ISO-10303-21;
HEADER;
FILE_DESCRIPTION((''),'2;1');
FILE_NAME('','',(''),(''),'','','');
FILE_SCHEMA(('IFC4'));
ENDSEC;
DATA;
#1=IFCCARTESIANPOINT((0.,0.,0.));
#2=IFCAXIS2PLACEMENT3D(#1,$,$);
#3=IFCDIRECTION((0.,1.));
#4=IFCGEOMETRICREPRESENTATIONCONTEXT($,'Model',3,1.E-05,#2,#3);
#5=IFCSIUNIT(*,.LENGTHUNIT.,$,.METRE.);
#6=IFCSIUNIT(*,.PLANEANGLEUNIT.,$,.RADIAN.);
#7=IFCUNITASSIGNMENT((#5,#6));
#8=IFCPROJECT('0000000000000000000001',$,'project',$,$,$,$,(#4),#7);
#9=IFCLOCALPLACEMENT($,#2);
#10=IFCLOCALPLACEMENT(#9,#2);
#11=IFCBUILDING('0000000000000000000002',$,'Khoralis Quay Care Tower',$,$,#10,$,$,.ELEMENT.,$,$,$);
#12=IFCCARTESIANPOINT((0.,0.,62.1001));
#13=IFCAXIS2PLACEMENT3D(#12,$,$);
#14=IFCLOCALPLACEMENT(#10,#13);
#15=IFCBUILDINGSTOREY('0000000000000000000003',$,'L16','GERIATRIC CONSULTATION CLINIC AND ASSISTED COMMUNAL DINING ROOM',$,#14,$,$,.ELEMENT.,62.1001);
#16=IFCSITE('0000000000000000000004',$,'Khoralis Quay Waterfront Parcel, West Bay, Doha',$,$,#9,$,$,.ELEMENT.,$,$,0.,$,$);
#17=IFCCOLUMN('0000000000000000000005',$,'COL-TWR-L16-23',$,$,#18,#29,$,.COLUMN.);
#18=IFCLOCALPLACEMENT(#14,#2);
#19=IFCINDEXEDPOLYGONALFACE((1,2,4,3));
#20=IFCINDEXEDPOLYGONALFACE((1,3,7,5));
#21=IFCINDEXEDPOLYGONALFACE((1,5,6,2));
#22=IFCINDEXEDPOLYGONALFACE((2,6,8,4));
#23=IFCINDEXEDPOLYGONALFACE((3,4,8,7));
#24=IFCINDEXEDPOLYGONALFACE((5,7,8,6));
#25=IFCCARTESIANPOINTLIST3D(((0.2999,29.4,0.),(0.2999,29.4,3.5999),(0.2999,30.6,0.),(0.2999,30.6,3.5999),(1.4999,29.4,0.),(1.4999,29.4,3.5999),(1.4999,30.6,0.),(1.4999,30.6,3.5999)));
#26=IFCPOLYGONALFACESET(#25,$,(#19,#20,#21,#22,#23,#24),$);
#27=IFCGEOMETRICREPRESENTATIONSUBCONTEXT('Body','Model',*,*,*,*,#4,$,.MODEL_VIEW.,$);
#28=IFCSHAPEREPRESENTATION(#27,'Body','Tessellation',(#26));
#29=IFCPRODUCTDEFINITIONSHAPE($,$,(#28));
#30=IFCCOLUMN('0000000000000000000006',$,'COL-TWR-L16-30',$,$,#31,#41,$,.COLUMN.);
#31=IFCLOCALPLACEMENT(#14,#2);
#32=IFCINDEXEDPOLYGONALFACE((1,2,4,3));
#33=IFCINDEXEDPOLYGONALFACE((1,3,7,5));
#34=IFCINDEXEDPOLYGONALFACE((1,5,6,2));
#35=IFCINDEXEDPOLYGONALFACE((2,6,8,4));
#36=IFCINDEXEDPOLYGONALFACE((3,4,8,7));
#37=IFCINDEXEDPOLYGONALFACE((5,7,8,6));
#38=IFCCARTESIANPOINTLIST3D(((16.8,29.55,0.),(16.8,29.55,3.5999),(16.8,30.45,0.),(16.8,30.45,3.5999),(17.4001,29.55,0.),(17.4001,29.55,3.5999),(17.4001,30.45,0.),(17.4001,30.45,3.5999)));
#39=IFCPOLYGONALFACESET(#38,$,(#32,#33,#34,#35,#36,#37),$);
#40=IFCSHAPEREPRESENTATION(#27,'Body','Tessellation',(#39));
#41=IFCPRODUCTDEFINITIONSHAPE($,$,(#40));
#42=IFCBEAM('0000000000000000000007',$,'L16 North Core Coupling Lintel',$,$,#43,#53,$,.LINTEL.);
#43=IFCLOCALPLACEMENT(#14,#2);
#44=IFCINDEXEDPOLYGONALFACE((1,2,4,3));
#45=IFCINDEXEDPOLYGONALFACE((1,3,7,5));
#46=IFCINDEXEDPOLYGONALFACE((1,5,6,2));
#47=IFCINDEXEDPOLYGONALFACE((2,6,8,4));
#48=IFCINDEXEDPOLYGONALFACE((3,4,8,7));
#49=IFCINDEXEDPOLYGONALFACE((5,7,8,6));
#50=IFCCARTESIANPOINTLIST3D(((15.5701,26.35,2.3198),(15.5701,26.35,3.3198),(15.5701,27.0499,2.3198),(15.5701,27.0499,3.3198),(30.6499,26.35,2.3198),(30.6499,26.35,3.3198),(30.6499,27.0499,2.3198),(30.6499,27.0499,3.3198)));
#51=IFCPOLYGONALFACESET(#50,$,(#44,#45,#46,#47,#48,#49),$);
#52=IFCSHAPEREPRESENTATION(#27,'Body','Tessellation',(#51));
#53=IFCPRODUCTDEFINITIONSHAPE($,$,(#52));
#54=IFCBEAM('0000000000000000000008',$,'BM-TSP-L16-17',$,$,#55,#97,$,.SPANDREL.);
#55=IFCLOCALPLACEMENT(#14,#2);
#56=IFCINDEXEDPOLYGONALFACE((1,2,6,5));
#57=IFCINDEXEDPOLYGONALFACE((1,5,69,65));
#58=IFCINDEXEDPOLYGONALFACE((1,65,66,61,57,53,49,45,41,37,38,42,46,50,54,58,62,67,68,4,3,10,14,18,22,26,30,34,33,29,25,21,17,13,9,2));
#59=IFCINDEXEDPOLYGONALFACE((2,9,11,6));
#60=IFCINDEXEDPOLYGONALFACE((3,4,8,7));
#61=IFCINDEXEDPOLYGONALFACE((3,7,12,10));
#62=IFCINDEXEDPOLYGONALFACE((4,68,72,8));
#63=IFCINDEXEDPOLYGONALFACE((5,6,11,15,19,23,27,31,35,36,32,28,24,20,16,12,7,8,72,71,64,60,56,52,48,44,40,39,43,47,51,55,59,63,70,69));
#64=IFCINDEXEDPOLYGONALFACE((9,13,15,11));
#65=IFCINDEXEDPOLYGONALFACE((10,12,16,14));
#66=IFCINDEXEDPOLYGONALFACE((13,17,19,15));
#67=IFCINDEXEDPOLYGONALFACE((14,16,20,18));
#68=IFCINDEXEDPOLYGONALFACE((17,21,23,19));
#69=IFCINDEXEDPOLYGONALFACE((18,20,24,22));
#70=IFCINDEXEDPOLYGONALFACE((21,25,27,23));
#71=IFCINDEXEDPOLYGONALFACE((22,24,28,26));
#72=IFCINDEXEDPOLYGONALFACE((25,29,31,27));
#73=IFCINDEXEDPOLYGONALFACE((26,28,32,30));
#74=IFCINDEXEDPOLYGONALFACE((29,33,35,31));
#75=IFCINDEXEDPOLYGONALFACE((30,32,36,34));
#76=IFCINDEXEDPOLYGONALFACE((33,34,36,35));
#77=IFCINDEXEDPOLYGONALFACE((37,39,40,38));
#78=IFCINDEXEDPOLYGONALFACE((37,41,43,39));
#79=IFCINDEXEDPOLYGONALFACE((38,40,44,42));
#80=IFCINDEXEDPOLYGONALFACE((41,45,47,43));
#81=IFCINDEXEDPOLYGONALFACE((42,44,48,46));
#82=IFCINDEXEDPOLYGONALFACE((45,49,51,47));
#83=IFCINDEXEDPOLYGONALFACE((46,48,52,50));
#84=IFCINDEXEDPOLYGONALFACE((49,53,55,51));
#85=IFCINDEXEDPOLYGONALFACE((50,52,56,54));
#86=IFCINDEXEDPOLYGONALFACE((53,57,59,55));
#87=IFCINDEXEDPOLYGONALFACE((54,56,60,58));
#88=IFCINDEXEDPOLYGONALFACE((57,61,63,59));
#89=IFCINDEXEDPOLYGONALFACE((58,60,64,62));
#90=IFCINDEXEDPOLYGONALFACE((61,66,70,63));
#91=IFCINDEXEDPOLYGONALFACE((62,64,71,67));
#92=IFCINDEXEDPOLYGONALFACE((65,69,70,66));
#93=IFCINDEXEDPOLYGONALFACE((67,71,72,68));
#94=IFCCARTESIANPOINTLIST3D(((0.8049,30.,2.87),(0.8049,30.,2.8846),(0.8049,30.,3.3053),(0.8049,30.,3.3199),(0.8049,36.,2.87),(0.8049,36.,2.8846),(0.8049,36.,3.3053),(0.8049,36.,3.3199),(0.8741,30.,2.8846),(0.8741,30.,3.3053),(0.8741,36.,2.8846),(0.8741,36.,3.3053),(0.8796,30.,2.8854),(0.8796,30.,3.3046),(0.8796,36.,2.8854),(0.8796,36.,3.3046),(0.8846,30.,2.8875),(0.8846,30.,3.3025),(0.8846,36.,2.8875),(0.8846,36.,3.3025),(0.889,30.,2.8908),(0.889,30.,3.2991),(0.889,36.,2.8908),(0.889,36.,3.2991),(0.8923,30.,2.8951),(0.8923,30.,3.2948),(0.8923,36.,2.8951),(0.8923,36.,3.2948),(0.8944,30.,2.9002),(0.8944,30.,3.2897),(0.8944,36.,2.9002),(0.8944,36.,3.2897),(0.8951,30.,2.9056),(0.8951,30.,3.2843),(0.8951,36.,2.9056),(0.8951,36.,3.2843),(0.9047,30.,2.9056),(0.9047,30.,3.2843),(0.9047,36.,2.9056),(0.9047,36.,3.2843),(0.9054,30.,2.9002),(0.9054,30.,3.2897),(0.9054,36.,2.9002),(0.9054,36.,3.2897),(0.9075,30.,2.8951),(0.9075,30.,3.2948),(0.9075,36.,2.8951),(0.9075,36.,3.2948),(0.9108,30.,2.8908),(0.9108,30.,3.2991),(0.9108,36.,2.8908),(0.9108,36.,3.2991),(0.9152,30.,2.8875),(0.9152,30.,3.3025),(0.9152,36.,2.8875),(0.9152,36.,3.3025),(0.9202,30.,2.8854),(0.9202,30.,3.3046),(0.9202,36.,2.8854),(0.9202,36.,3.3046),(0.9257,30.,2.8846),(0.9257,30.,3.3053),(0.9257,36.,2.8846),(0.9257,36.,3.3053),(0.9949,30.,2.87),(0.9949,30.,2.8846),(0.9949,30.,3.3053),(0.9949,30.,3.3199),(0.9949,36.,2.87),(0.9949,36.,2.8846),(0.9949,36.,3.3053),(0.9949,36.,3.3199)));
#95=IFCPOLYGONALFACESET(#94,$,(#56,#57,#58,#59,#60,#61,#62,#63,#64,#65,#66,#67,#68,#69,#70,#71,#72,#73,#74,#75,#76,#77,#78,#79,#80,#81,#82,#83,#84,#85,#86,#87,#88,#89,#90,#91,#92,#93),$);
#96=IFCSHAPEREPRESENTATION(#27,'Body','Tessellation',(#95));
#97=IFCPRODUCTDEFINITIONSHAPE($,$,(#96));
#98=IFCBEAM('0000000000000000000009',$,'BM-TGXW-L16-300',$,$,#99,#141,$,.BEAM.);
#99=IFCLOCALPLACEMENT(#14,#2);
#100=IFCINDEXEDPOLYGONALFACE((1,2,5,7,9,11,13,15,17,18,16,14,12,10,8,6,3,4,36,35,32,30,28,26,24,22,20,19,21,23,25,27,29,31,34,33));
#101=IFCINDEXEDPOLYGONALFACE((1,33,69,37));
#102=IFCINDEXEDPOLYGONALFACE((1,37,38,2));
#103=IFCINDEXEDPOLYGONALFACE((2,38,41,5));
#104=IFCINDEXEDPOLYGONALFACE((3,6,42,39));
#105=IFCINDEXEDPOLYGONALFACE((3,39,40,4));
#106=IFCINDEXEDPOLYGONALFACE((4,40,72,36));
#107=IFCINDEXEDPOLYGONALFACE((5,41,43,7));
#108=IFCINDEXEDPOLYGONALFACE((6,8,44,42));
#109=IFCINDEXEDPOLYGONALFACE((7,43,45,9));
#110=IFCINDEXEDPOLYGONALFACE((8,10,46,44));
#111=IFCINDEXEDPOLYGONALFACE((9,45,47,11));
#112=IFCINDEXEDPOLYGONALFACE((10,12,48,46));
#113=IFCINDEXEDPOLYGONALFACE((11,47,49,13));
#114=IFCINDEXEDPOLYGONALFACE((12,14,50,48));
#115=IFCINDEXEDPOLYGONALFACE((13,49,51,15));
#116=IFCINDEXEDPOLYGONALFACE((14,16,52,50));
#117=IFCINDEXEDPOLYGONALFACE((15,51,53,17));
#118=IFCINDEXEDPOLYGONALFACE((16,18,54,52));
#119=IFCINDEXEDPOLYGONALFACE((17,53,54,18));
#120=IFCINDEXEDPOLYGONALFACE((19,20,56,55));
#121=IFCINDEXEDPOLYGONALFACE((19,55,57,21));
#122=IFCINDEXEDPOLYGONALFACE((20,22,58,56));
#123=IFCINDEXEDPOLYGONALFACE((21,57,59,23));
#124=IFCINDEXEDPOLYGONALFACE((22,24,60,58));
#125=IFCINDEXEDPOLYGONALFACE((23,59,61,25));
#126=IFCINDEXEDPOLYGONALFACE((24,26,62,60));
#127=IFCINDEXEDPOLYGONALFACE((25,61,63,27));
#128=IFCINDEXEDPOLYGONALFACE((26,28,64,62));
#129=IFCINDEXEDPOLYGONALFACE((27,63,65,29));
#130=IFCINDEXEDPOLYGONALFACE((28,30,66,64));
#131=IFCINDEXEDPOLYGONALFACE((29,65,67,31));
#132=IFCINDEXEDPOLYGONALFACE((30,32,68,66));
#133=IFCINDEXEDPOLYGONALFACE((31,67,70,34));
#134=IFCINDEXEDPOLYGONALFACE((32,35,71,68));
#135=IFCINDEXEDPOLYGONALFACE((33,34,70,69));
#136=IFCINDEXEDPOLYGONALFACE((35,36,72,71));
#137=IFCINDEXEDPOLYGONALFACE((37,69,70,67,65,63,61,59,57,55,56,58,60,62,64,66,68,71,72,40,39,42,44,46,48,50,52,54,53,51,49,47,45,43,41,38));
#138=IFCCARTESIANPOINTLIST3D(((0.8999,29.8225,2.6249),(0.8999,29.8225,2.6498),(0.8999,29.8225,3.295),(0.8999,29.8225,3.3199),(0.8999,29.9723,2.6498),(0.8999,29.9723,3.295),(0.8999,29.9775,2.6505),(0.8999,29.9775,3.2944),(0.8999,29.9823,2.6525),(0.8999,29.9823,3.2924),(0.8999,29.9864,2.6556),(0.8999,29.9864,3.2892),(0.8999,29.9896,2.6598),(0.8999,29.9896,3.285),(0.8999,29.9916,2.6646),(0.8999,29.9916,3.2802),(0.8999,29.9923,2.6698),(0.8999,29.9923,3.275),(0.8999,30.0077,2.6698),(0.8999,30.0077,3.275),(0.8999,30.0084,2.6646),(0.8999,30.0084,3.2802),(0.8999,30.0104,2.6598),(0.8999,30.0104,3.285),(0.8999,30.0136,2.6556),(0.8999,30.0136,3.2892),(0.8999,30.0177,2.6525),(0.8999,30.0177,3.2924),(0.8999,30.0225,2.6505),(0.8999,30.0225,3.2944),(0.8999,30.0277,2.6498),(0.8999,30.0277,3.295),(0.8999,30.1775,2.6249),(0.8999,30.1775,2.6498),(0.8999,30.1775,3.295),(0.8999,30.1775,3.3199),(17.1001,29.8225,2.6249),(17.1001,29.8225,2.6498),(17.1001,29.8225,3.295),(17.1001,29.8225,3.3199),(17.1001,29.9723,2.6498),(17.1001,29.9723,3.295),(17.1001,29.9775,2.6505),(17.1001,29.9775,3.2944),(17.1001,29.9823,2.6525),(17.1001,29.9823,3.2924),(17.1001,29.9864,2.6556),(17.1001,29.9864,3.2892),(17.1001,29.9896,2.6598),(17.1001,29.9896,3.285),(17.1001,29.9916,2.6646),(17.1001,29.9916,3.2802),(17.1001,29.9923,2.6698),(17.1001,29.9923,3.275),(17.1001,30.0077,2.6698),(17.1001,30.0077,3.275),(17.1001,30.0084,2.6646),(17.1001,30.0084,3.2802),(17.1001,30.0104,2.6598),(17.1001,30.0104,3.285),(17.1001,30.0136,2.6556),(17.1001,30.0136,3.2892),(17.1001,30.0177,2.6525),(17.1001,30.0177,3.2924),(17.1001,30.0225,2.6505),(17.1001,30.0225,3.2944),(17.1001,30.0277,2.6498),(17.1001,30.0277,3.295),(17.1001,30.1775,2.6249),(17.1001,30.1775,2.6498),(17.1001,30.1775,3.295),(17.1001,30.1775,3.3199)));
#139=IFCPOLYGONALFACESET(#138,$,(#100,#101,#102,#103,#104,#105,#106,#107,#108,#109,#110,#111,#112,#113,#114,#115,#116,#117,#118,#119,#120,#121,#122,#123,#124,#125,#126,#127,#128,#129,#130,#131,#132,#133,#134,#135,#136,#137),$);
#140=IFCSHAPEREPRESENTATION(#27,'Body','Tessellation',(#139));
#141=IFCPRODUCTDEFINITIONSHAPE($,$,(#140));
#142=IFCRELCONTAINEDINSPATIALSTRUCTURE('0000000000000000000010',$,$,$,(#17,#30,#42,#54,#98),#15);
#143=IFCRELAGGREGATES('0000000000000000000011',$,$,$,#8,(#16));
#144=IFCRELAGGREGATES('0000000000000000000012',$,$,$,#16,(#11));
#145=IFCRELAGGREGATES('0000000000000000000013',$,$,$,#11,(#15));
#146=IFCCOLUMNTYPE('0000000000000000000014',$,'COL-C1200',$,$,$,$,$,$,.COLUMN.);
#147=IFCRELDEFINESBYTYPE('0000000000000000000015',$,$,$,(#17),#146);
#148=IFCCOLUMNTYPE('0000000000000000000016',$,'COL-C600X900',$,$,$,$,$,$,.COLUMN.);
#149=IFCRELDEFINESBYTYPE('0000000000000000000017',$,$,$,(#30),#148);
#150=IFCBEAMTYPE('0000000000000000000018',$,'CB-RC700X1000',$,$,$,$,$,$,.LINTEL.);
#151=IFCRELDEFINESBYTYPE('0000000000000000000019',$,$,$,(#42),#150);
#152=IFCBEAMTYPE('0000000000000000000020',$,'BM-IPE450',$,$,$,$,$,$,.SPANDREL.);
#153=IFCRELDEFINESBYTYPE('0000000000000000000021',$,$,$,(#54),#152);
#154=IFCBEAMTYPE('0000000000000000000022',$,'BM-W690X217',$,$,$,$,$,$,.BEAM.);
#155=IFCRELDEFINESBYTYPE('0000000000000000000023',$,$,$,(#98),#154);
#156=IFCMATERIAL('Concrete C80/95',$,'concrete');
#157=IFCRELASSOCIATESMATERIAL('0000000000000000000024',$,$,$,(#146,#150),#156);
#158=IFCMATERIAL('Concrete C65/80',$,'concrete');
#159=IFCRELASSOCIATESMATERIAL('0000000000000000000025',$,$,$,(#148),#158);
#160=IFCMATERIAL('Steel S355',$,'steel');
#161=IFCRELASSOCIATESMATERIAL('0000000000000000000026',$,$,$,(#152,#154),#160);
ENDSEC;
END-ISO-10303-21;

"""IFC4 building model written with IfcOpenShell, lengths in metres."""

from ifc_helpers import new_model, si_unit, direction, frame, origin, origin_2d, place, context, subcontext, project, spatial, rectangle, i_section, extrude, source, transform, mapped, material, material_profile, profile_set, type_object, element, save


model = new_model("IFC4")

# Units and contexts
model_context = context("Model", 3, precision=1e-05, world=origin(), true_north=direction((0.0, 1.0)))
body_context = subcontext(model_context, "Body", "Model", "MODEL_VIEW")
ifc_project = project(units=[si_unit("LENGTHUNIT", "METRE"), si_unit("PLANEANGLEUNIT", "RADIAN")], contexts=[model_context])

# Site, building, storey
site_placement = place(None, origin())
site = spatial("IfcSite", under=ifc_project, at=site_placement, Name="Khoralis Quay Waterfront Parcel, West Bay, Doha", CompositionType="ELEMENT", RefElevation=0.0)
building_placement = place(site_placement, origin())
building = spatial("IfcBuilding", under=site, at=building_placement, Name="Khoralis Quay Care Tower", CompositionType="ELEMENT")
storey_placement = place(building_placement, frame((0.0, 0.0, 62.1001)))
storey = spatial("IfcBuildingStorey", under=building, at=storey_placement, Name="L16", Description="GERIATRIC CONSULTATION CLINIC AND ASSISTED COMMUNAL DINING ROOM", CompositionType="ELEMENT", Elevation=62.1001)

# Columns
ifc_material_1 = material(Name="Concrete C80/95", Category="concrete")
ifc_material_profile_1 = material_profile(ifc_material_1, rectangle(XDim=1.2, YDim=1.2, at=origin_2d()), Name="Concrete C80/95")
ifc_profile_set_1 = profile_set([ifc_material_profile_1], Name="Concrete C80/95")
column_type_1 = type_object("IfcColumnType", Name="COL-C1200", PredefinedType="COLUMN", material=ifc_profile_set_1)
shared_shape_1 = source(origin(), body_context, "Body", "SweptSolid", [
    extrude(rectangle(XDim=1.2, YDim=1.2, at=origin_2d()), origin(), (0.0, 0.0, 1.0), 3.5999),
])
column_1_placement = place(storey_placement, frame((0.8999, 30.0, 0.0), z_axis=(0.0, 0.0, 1.0), x_axis=(1.0, 0.0, 0.0)))
element("IfcColumn", 1, at=column_1_placement, inside=storey, type_object=column_type_1, Name="COL-TWR-L16-23", PredefinedType="COLUMN", context=body_context, shape_type="MappedRepresentation", body=[
    mapped(shared_shape_1, transform((0.0, 0.0, 0.0), scale=1.0)),
])
ifc_material_2 = material(Name="Concrete C65/80", Category="concrete")
ifc_material_profile_2 = material_profile(ifc_material_2, rectangle(XDim=0.6001, YDim=0.8999, at=origin_2d()), Name="Concrete C65/80")
ifc_profile_set_2 = profile_set([ifc_material_profile_2], Name="Concrete C65/80")
column_type_2 = type_object("IfcColumnType", Name="COL-C600X900", PredefinedType="COLUMN", material=ifc_profile_set_2)
shared_shape_2 = source(origin(), body_context, "Body", "SweptSolid", [
    extrude(rectangle(XDim=0.6001, YDim=0.8999, at=origin_2d()), origin(), (0.0, 0.0, 1.0), 3.5999),
])
column_2_placement = place(storey_placement, frame((17.1001, 30.0, 0.0), z_axis=(0.0, 0.0, 1.0), x_axis=(1.0, 0.0, 0.0)))
element("IfcColumn", 2, at=column_2_placement, inside=storey, type_object=column_type_2, Name="COL-TWR-L16-30", PredefinedType="COLUMN", context=body_context, shape_type="MappedRepresentation", body=[
    mapped(shared_shape_2, transform((0.0, 0.0, 0.0), scale=1.0)),
])

# Beams
ifc_material_profile_3 = material_profile(ifc_material_1, rectangle(XDim=0.7, YDim=1.0, at=origin_2d()), Name="Concrete C80/95")
ifc_profile_set_3 = profile_set([ifc_material_profile_3], Name="Concrete C80/95")
beam_type_1 = type_object("IfcBeamType", Name="CB-RC700X1000", PredefinedType="LINTEL", material=ifc_profile_set_3)
shared_shape_3 = source(origin(), body_context, "Body", "SweptSolid", [
    extrude(rectangle(XDim=0.7, YDim=1.0, at=origin_2d()), origin(), (0.0, 0.0, 1.0), 15.0798),
])
beam_1_placement = place(storey_placement, frame((15.5701, 26.7, 2.8198), z_axis=(1.0, 0.0, 0.0), x_axis=(0.0, 1.0, 0.0)))
element("IfcBeam", 3, at=beam_1_placement, inside=storey, type_object=beam_type_1, Name="L16 North Core Coupling Lintel", PredefinedType="LINTEL", context=body_context, shape_type="MappedRepresentation", body=[
    mapped(shared_shape_3, transform((0.0, 0.0, 0.0), scale=1.0)),
])
ifc_material_3 = material(Name="Steel S355", Category="steel")
ifc_material_profile_4 = material_profile(ifc_material_3, i_section(OverallWidth=0.1899, OverallDepth=0.45, WebThickness=0.0095, FlangeThickness=0.0146, FilletRadius=0.021, at=origin_2d()), Name="Steel S355")
ifc_profile_set_4 = profile_set([ifc_material_profile_4], Name="Steel S355")
beam_type_2 = type_object("IfcBeamType", Name="BM-IPE450", PredefinedType="SPANDREL", material=ifc_profile_set_4)
shared_shape_4 = source(origin(), body_context, "Body", "SweptSolid", [
    extrude(i_section(OverallWidth=0.1899, OverallDepth=0.45, WebThickness=0.0095, FlangeThickness=0.0146, FilletRadius=0.021, at=origin_2d()), origin(), (0.0, 0.0, 1.0), 6.0),
])
beam_2_placement = place(storey_placement, frame((0.8999, 30.0, 3.095), z_axis=(0.0, 1.0, 0.0), x_axis=(-1.0, 0.0, 0.0)))
element("IfcBeam", 4, at=beam_2_placement, inside=storey, type_object=beam_type_2, Name="BM-TSP-L16-17", PredefinedType="SPANDREL", context=body_context, shape_type="MappedRepresentation", body=[
    mapped(shared_shape_4, transform((0.0, 0.0, 0.0), scale=1.0)),
])
ifc_material_profile_5 = material_profile(ifc_material_3, i_section(OverallWidth=0.355, OverallDepth=0.6951, WebThickness=0.0154, FlangeThickness=0.0249, FilletRadius=0.02, at=origin_2d()), Name="Steel S355")
ifc_profile_set_5 = profile_set([ifc_material_profile_5], Name="Steel S355")
beam_type_3 = type_object("IfcBeamType", Name="BM-W690X217", PredefinedType="BEAM", material=ifc_profile_set_5)
shared_shape_5 = source(origin(), body_context, "Body", "SweptSolid", [
    extrude(i_section(OverallWidth=0.355, OverallDepth=0.6951, WebThickness=0.0154, FlangeThickness=0.0249, FilletRadius=0.02, at=origin_2d()), origin(), (0.0, 0.0, 1.0), 16.2002),
])
beam_3_placement = place(storey_placement, frame((0.8999, 30.0, 2.9724), z_axis=(1.0, 0.0, 0.0), x_axis=(0.0, 1.0, 0.0)))
element("IfcBeam", 5, at=beam_3_placement, inside=storey, type_object=beam_type_3, Name="BM-TGXW-L16-300", PredefinedType="BEAM", context=body_context, shape_type="MappedRepresentation", body=[
    mapped(shared_shape_5, transform((0.0, 0.0, 0.0), scale=1.0)),
])

save(model, "model.ifc")
